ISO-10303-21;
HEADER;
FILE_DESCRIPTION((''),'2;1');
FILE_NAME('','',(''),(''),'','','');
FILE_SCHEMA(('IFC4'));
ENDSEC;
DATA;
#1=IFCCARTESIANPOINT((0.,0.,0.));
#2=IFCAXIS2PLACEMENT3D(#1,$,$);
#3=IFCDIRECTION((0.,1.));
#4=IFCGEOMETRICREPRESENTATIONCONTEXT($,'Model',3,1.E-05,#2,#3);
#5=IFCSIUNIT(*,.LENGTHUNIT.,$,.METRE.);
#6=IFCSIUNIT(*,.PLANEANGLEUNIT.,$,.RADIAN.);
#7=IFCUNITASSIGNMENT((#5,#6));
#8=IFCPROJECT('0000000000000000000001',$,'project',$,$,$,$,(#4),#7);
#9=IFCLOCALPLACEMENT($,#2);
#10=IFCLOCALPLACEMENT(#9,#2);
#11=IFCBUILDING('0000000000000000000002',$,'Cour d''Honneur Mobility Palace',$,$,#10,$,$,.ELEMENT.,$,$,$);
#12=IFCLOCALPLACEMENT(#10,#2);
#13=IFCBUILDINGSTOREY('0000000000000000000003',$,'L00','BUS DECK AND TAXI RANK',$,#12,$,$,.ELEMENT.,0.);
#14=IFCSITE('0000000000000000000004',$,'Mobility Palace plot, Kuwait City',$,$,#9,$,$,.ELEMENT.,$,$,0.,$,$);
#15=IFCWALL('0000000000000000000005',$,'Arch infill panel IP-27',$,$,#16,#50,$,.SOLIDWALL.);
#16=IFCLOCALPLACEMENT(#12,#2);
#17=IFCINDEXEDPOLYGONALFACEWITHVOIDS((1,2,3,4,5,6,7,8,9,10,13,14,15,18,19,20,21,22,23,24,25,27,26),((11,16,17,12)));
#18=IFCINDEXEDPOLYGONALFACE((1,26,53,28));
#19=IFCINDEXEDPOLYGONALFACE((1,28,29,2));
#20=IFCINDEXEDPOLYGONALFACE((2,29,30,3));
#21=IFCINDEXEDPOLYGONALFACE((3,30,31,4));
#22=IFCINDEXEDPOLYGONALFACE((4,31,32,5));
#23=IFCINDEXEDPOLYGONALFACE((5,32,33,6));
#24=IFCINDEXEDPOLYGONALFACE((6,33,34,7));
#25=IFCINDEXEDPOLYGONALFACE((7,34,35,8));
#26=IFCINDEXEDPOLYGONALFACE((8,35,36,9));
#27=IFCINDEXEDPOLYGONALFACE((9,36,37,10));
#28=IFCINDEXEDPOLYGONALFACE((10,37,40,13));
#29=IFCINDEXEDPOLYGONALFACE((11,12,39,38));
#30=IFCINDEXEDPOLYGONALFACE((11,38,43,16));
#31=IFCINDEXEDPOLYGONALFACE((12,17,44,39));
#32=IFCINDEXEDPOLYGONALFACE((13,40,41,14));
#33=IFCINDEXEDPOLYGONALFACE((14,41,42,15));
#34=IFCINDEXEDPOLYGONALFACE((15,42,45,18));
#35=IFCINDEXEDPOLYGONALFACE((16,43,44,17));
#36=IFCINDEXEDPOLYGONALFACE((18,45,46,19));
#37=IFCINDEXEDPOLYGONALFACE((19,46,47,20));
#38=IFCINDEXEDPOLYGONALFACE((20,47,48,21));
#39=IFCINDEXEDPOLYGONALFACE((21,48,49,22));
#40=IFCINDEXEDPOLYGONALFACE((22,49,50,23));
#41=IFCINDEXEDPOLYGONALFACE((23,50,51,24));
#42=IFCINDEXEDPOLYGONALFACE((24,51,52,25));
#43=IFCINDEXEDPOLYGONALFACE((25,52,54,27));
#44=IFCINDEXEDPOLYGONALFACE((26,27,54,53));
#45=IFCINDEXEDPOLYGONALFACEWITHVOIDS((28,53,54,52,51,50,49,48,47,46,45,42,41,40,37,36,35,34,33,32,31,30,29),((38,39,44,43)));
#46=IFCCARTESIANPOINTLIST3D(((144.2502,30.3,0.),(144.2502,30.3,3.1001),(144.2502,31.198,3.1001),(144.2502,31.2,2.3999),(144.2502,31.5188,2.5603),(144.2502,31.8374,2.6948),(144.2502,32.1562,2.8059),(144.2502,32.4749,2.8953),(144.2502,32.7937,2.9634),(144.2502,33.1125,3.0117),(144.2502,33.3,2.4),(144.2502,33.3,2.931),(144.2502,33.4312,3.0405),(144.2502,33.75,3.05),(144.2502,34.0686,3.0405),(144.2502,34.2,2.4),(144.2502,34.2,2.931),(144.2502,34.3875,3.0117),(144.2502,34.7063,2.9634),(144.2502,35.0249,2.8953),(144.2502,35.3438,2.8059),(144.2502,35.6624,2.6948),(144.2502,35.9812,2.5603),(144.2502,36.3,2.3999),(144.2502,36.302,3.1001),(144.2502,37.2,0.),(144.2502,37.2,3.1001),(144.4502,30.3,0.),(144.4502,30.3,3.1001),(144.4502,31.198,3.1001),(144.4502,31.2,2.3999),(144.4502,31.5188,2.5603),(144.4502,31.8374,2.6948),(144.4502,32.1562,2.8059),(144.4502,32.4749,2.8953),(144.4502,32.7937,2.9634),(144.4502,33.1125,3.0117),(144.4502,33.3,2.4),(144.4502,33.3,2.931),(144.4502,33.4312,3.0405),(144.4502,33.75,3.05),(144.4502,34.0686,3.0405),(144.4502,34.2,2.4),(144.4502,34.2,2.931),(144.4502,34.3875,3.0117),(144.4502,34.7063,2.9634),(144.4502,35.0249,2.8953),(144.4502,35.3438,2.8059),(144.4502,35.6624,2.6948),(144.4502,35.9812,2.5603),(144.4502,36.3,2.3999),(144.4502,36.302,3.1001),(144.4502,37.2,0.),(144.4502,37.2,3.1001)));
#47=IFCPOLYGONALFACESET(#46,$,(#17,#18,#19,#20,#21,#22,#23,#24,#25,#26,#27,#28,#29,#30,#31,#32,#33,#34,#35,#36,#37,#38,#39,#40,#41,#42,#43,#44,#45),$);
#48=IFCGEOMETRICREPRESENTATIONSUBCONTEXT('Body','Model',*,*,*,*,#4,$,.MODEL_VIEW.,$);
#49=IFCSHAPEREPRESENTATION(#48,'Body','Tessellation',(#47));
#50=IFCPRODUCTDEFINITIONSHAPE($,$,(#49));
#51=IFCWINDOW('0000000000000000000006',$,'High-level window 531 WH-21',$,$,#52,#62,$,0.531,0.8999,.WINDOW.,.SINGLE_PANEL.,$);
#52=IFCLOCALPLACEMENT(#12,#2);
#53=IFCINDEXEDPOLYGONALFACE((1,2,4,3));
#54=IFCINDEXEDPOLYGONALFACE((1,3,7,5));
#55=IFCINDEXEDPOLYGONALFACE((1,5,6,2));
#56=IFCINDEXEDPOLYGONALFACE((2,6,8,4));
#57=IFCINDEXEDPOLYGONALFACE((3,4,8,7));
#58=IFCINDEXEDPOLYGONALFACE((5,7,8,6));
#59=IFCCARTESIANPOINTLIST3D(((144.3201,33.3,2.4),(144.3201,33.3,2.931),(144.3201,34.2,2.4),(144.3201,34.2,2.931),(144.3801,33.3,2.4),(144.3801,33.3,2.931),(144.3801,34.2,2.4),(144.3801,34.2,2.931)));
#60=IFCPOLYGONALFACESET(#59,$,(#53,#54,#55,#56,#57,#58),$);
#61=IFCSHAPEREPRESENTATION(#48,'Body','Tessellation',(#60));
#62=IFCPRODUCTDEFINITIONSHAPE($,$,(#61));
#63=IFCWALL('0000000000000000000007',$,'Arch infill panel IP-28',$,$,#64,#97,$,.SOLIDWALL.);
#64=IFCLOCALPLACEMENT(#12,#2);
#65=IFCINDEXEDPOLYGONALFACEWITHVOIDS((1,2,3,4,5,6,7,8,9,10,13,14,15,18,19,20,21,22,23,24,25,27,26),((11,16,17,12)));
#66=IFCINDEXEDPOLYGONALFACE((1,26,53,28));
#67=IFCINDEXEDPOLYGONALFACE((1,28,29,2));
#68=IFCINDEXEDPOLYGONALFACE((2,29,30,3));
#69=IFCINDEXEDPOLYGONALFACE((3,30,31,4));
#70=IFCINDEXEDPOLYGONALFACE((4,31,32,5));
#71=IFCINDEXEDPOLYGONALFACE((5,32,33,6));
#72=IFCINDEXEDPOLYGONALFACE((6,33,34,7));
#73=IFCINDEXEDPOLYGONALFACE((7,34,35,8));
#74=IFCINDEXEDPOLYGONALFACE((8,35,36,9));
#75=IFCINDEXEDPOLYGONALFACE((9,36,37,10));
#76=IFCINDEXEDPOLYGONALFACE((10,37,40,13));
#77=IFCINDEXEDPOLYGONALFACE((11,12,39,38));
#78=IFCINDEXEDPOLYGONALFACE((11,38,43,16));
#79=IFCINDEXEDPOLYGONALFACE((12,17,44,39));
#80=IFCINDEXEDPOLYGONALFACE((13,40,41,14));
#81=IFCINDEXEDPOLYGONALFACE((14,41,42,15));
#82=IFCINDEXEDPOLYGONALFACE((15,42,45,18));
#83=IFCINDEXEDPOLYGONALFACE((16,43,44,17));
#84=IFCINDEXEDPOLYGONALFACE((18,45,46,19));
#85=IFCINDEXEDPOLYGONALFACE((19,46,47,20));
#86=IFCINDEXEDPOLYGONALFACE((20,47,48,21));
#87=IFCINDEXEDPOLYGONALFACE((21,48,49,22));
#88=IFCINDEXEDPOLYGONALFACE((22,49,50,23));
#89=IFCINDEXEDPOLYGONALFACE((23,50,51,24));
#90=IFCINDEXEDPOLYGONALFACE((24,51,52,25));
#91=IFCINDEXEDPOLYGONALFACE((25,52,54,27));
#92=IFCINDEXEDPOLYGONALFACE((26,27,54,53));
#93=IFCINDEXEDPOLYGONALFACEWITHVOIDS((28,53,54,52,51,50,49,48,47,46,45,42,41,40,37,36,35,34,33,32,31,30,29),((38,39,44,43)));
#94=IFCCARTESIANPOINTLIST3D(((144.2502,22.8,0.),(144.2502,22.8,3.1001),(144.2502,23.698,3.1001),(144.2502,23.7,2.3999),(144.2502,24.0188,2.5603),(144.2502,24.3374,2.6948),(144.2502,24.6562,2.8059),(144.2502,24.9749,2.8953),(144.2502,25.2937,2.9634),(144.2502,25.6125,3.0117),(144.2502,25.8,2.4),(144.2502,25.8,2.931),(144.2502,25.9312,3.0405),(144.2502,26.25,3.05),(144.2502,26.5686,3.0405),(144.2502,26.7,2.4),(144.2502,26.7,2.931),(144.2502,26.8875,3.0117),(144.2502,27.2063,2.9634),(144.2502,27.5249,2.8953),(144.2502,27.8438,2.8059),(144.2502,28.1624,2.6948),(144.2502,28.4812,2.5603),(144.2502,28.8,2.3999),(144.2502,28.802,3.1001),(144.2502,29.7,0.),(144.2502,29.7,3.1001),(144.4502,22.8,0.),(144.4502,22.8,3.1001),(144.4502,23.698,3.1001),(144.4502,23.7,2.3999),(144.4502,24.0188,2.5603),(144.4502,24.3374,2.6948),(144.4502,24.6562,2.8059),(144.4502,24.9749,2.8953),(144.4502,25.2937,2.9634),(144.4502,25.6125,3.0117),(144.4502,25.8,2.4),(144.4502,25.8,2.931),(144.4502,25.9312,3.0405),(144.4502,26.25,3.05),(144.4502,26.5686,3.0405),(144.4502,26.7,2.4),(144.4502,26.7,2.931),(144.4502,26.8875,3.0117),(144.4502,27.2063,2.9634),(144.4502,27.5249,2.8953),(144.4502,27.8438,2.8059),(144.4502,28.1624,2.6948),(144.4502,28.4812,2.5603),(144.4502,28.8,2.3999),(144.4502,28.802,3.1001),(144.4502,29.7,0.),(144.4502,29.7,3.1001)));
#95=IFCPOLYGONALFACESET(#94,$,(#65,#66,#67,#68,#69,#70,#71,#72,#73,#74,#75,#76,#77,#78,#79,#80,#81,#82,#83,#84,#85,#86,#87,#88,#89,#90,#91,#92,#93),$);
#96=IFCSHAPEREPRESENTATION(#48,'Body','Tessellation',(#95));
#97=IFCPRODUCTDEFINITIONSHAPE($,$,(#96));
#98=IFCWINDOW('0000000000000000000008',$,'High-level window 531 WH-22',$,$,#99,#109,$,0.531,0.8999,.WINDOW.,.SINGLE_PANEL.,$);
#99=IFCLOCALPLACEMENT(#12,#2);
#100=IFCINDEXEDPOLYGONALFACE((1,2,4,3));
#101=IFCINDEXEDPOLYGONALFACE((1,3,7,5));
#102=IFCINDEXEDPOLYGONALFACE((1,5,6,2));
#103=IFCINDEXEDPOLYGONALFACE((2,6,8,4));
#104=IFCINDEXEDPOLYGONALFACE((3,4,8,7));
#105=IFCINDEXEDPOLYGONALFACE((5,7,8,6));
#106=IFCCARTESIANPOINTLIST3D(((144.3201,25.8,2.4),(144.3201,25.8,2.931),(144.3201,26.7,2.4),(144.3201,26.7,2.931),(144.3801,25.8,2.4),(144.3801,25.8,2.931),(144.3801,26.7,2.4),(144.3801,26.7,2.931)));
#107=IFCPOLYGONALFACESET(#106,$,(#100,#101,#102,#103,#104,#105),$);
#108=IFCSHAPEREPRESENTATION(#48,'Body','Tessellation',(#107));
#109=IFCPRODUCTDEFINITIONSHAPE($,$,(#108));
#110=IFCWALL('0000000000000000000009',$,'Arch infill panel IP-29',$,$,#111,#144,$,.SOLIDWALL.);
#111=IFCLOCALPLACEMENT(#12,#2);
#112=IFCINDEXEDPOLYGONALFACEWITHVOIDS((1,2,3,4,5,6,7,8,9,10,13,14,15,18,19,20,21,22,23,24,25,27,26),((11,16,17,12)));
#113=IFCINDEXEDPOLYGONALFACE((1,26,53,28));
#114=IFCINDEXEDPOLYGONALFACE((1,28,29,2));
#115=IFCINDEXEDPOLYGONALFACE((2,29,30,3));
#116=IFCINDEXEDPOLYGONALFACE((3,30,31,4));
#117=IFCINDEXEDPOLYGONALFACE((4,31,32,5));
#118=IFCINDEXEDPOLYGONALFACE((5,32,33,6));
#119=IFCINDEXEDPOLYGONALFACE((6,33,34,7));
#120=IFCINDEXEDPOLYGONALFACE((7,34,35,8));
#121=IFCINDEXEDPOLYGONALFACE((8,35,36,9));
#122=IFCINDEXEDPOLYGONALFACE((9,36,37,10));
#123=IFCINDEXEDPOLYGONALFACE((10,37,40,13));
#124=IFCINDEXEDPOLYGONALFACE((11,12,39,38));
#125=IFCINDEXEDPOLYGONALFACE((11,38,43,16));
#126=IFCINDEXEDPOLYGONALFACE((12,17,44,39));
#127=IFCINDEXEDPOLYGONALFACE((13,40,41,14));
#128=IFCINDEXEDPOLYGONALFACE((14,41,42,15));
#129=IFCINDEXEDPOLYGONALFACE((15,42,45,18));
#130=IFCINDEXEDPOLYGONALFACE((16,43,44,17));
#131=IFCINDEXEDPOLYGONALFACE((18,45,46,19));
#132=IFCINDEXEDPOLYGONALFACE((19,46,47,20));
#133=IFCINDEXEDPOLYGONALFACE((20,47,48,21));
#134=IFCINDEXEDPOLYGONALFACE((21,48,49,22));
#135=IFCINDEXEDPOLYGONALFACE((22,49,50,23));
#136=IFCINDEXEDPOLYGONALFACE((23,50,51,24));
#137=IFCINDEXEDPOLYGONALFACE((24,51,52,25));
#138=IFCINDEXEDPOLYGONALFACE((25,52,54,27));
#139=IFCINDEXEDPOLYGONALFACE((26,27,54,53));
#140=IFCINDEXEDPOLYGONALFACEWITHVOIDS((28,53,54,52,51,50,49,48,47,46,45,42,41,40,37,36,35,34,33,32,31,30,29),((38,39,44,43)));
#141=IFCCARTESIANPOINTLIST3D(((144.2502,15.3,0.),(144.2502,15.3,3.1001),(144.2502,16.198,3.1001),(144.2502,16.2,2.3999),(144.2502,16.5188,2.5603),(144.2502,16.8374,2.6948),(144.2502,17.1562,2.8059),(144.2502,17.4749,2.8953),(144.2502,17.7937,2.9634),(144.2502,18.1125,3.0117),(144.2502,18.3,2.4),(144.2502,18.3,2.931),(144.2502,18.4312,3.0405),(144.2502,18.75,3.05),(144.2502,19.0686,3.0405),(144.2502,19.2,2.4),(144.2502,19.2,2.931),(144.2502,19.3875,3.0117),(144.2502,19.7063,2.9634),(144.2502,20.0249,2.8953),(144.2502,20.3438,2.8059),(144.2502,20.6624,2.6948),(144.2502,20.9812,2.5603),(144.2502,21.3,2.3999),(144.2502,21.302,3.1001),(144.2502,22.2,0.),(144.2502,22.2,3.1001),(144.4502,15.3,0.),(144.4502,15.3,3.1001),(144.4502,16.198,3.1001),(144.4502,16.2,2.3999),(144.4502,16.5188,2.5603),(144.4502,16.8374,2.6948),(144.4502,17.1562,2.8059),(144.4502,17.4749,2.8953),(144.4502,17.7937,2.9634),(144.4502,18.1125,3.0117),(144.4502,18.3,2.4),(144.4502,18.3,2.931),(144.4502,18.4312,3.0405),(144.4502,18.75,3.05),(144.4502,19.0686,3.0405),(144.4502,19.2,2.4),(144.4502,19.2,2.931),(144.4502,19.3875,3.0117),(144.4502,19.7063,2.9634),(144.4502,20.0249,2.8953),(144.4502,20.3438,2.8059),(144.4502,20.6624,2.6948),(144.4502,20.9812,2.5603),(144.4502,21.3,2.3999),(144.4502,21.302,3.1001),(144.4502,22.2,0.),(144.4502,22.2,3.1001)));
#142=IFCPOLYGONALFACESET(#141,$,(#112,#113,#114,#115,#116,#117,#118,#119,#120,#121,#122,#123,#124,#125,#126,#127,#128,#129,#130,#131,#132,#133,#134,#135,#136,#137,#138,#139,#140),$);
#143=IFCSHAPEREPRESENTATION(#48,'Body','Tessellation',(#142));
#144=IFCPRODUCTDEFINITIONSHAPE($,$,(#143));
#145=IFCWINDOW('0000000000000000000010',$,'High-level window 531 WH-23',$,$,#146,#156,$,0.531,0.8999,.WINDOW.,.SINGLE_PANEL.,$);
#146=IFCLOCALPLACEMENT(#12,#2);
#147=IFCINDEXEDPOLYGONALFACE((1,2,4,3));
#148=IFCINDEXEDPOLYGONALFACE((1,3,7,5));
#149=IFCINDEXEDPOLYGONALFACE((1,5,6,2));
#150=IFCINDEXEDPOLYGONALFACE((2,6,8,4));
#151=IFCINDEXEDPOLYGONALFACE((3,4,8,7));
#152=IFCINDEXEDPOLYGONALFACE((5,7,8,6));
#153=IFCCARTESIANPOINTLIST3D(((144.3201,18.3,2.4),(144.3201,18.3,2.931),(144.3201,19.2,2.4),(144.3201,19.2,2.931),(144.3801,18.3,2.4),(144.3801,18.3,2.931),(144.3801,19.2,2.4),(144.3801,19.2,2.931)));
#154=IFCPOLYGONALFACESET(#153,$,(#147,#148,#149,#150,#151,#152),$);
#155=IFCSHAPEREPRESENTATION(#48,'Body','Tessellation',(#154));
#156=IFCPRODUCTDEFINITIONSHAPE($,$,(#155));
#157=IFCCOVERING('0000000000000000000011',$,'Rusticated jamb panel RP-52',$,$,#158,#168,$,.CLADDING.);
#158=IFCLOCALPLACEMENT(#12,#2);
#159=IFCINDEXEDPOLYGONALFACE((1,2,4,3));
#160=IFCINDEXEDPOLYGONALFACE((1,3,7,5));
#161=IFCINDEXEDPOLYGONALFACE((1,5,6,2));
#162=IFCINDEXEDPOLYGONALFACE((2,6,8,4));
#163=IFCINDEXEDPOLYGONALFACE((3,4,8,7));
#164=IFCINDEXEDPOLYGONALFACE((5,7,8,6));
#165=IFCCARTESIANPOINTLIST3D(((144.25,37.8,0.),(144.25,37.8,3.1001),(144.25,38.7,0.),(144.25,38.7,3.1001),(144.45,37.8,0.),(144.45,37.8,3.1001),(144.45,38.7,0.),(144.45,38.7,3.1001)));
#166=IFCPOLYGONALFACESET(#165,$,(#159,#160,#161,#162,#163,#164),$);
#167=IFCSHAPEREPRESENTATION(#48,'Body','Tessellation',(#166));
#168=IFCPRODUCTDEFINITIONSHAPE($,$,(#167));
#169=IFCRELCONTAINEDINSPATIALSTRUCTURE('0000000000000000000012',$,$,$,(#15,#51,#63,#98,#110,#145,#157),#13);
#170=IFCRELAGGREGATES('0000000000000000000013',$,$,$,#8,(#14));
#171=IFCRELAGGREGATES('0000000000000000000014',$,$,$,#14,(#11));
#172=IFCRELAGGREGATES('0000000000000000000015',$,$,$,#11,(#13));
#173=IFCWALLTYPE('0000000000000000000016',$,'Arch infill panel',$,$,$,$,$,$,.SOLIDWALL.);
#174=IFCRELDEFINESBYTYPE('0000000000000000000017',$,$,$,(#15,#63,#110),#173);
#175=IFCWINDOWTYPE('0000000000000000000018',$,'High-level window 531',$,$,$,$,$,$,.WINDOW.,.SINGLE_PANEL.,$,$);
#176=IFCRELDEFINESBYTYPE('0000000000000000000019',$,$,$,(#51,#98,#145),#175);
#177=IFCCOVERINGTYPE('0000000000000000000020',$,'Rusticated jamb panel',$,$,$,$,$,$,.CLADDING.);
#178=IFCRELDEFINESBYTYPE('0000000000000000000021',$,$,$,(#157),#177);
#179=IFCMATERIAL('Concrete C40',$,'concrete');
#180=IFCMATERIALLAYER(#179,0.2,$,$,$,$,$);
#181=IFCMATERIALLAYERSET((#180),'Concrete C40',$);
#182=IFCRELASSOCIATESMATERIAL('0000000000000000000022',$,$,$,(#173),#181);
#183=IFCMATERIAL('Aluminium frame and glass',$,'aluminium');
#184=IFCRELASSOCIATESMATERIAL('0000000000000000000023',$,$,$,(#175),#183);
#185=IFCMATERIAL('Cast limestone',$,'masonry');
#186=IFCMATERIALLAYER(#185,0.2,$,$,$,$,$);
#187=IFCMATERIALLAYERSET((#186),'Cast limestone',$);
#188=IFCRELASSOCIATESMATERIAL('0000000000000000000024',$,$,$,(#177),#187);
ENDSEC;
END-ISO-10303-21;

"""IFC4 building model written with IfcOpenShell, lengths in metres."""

from ifc_helpers import new_model, si_unit, direction, frame, frame_2d, origin, place, context, subcontext, project, spatial, polyline, rectangle, outline, extrude, material, layer, layer_set, type_object, element, fill, save


model = new_model("IFC4")

# Units and contexts
model_context = context("Model", 3, precision=1e-05, world=origin(), true_north=direction((0.0, 1.0)))
body_context = subcontext(model_context, "Body", "Model", "MODEL_VIEW")
ifc_project = project(units=[si_unit("LENGTHUNIT", "METRE"), si_unit("PLANEANGLEUNIT", "RADIAN")], contexts=[model_context])

# Site, building, storey
site_placement = place(None, origin())
site = spatial("IfcSite", under=ifc_project, at=site_placement, Name="Mobility Palace plot, Kuwait City", CompositionType="ELEMENT", RefElevation=0.0)
building_placement = place(site_placement, origin())
building = spatial("IfcBuilding", under=site, at=building_placement, Name="Cour d'Honneur Mobility Palace", CompositionType="ELEMENT")
storey_placement = place(building_placement, origin())
storey = spatial("IfcBuildingStorey", under=building, at=storey_placement, Name="L00", Description="BUS DECK AND TAXI RANK", CompositionType="ELEMENT", Elevation=0.0)

# Walls, openings, windows
ifc_material_1 = material(Name="Concrete C40", Category="concrete")
ifc_layer_1 = layer(ifc_material_1, 0.2)
ifc_layer_set_1 = layer_set([ifc_layer_1], Name="Concrete C40")
wall_type = type_object("IfcWallType", Name="Arch infill panel", PredefinedType="SOLIDWALL", material=ifc_layer_set_1)
wall_1_placement = place(storey_placement, frame((144.3501, 37.2, 0.0), z_axis=(0.0, 0.0, 1.0), x_axis=(0.0, -1.0, 0.0)))
wall_1 = element("IfcWall", 1, at=wall_1_placement, inside=storey, type_object=wall_type, Name="Arch infill panel IP-27", PredefinedType="SOLIDWALL", context=body_context, shape_type="SweptSolid", body=[
    extrude(outline(polyline([(0.0, 0.0), (6.8999, 0.0), (6.8999, 3.1001), (6.002, 3.1001), (6.0, 2.3999), (5.6812, 2.5603), (5.3625, 2.6948), (5.0437, 2.8059), (4.7251, 2.8953), (4.4062, 2.9634), (4.0874, 3.0117), (3.7688, 3.0405), (3.45, 3.05), (3.1313, 3.0405), (2.8125, 3.0117), (2.4937, 2.9634), (2.175, 2.8953), (1.8562, 2.8059), (1.5376, 2.6948), (1.2188, 2.5603), (0.8999, 2.3999), (0.8979, 3.1001), (0.0, 3.1001), (0.0, 0.0)])), frame((0.0, 0.1001, 0.0), z_axis=(0.0, -1.0, 0.0), x_axis=(1.0, 0.0, 0.0)), (0.0, 0.0, 1.0), 0.2),
])
opening_1_placement = place(wall_1_placement, frame((3.0, 0.0, 2.3999)))
opening_1 = element("IfcOpeningElement", 2, at=opening_1_placement, cuts=wall_1, PredefinedType="OPENING", context=body_context, shape_type="SweptSolid", body=[
    extrude(rectangle(XDim=0.8999, YDim=0.531, at=frame_2d((0.45, 0.2656))), frame((0.0, 0.1099, 0.0), z_axis=(0.0, -1.0, 0.0), x_axis=(1.0, 0.0, 0.0)), (0.0, 0.0, 1.0), 0.22),
])
ifc_material_2 = material(Name="Aluminium frame and glass", Category="aluminium")
window_type = type_object("IfcWindowType", Name="High-level window 531", PartitioningType="SINGLE_PANEL", PredefinedType="WINDOW", material=ifc_material_2)
window_1_placement = place(opening_1_placement, origin())
window_1 = element("IfcWindow", 3, at=window_1_placement, inside=storey, type_object=window_type, Name="High-level window 531 WH-21", OverallHeight=0.531, OverallWidth=0.8999, PartitioningType="SINGLE_PANEL", PredefinedType="WINDOW", context=body_context, shape_type="SweptSolid", body=[
    extrude(rectangle(XDim=0.8999, YDim=0.531, at=frame_2d((0.45, 0.2656))), frame((0.0, 0.03, 0.0), z_axis=(0.0, -1.0, 0.0), x_axis=(1.0, 0.0, 0.0)), (0.0, 0.0, 1.0), 0.0601),
])
fill(opening_1, window_1)
wall_2_placement = place(storey_placement, frame((144.3501, 29.7, 0.0), z_axis=(0.0, 0.0, 1.0), x_axis=(0.0, -1.0, 0.0)))
wall_2 = element("IfcWall", 4, at=wall_2_placement, inside=storey, type_object=wall_type, Name="Arch infill panel IP-28", PredefinedType="SOLIDWALL", context=body_context, shape_type="SweptSolid", body=[
    extrude(outline(polyline([(0.0, 0.0), (6.8999, 0.0), (6.8999, 3.1001), (6.002, 3.1001), (6.0, 2.3999), (5.6812, 2.5603), (5.3625, 2.6948), (5.0437, 2.8059), (4.7251, 2.8953), (4.4062, 2.9634), (4.0874, 3.0117), (3.7688, 3.0405), (3.45, 3.05), (3.1313, 3.0405), (2.8125, 3.0117), (2.4937, 2.9634), (2.175, 2.8953), (1.8562, 2.8059), (1.5376, 2.6948), (1.2188, 2.5603), (0.8999, 2.3999), (0.8979, 3.1001), (0.0, 3.1001), (0.0, 0.0)])), frame((0.0, 0.1001, 0.0), z_axis=(0.0, -1.0, 0.0), x_axis=(1.0, 0.0, 0.0)), (0.0, 0.0, 1.0), 0.2),
])
opening_2_placement = place(wall_2_placement, frame((3.0, 0.0, 2.3999)))
opening_2 = element("IfcOpeningElement", 5, at=opening_2_placement, cuts=wall_2, PredefinedType="OPENING", context=body_context, shape_type="SweptSolid", body=[
    extrude(rectangle(XDim=0.8999, YDim=0.531, at=frame_2d((0.45, 0.2656))), frame((0.0, 0.1099, 0.0), z_axis=(0.0, -1.0, 0.0), x_axis=(1.0, 0.0, 0.0)), (0.0, 0.0, 1.0), 0.22),
])
window_2_placement = place(opening_2_placement, origin())
window_2 = element("IfcWindow", 6, at=window_2_placement, inside=storey, type_object=window_type, Name="High-level window 531 WH-22", OverallHeight=0.531, OverallWidth=0.8999, PartitioningType="SINGLE_PANEL", PredefinedType="WINDOW", context=body_context, shape_type="SweptSolid", body=[
    extrude(rectangle(XDim=0.8999, YDim=0.531, at=frame_2d((0.45, 0.2656))), frame((0.0, 0.03, 0.0), z_axis=(0.0, -1.0, 0.0), x_axis=(1.0, 0.0, 0.0)), (0.0, 0.0, 1.0), 0.0601),
])
fill(opening_2, window_2)
wall_3_placement = place(storey_placement, frame((144.3501, 22.2, 0.0), z_axis=(0.0, 0.0, 1.0), x_axis=(0.0, -1.0, 0.0)))
wall_3 = element("IfcWall", 7, at=wall_3_placement, inside=storey, type_object=wall_type, Name="Arch infill panel IP-29", PredefinedType="SOLIDWALL", context=body_context, shape_type="SweptSolid", body=[
    extrude(outline(polyline([(0.0, 0.0), (6.8999, 0.0), (6.8999, 3.1001), (6.002, 3.1001), (6.0, 2.3999), (5.6812, 2.5603), (5.3625, 2.6948), (5.0437, 2.8059), (4.7251, 2.8953), (4.4062, 2.9634), (4.0874, 3.0117), (3.7688, 3.0405), (3.45, 3.05), (3.1313, 3.0405), (2.8125, 3.0117), (2.4937, 2.9634), (2.175, 2.8953), (1.8562, 2.8059), (1.5376, 2.6948), (1.2188, 2.5603), (0.8999, 2.3999), (0.8979, 3.1001), (0.0, 3.1001), (0.0, 0.0)])), frame((0.0, 0.1001, 0.0), z_axis=(0.0, -1.0, 0.0), x_axis=(1.0, 0.0, 0.0)), (0.0, 0.0, 1.0), 0.2),
])
opening_3_placement = place(wall_3_placement, frame((3.0, 0.0, 2.3999)))
opening_3 = element("IfcOpeningElement", 8, at=opening_3_placement, cuts=wall_3, PredefinedType="OPENING", context=body_context, shape_type="SweptSolid", body=[
    extrude(rectangle(XDim=0.8999, YDim=0.531, at=frame_2d((0.45, 0.2656))), frame((0.0, 0.1099, 0.0), z_axis=(0.0, -1.0, 0.0), x_axis=(1.0, 0.0, 0.0)), (0.0, 0.0, 1.0), 0.22),
])
window_3_placement = place(opening_3_placement, origin())
window_3 = element("IfcWindow", 9, at=window_3_placement, inside=storey, type_object=window_type, Name="High-level window 531 WH-23", OverallHeight=0.531, OverallWidth=0.8999, PartitioningType="SINGLE_PANEL", PredefinedType="WINDOW", context=body_context, shape_type="SweptSolid", body=[
    extrude(rectangle(XDim=0.8999, YDim=0.531, at=frame_2d((0.45, 0.2656))), frame((0.0, 0.03, 0.0), z_axis=(0.0, -1.0, 0.0), x_axis=(1.0, 0.0, 0.0)), (0.0, 0.0, 1.0), 0.0601),
])
fill(opening_3, window_3)

# Covering
ifc_material_3 = material(Name="Cast limestone", Category="masonry")
ifc_layer_2 = layer(ifc_material_3, 0.2)
ifc_layer_set_2 = layer_set([ifc_layer_2], Name="Cast limestone")
covering_type_1 = type_object("IfcCoveringType", Name="Rusticated jamb panel", PredefinedType="CLADDING", material=ifc_layer_set_2)
for number, where, z_axis, x_axis, name in (
    (10, (144.25, 38.7, 0.0), (-1.0, 0.0, 0.0), (0.0, -1.0, 0.0), "Rusticated jamb panel RP-52"),
):
    element("IfcCovering", number, at=place(storey_placement, frame(where, z_axis=z_axis, x_axis=x_axis)), inside=storey, type_object=covering_type_1, Name=name, PredefinedType="CLADDING", context=body_context, shape_type="SweptSolid", body=[
        extrude(outline(polyline([(0.0, 0.0), (0.8999, 0.0), (0.8999, 3.1001), (0.0, 3.1001), (0.0, 0.0)])), origin(), (0.0, 0.0, -1.0), 0.2),
    ])

save(model, "model.ifc")
